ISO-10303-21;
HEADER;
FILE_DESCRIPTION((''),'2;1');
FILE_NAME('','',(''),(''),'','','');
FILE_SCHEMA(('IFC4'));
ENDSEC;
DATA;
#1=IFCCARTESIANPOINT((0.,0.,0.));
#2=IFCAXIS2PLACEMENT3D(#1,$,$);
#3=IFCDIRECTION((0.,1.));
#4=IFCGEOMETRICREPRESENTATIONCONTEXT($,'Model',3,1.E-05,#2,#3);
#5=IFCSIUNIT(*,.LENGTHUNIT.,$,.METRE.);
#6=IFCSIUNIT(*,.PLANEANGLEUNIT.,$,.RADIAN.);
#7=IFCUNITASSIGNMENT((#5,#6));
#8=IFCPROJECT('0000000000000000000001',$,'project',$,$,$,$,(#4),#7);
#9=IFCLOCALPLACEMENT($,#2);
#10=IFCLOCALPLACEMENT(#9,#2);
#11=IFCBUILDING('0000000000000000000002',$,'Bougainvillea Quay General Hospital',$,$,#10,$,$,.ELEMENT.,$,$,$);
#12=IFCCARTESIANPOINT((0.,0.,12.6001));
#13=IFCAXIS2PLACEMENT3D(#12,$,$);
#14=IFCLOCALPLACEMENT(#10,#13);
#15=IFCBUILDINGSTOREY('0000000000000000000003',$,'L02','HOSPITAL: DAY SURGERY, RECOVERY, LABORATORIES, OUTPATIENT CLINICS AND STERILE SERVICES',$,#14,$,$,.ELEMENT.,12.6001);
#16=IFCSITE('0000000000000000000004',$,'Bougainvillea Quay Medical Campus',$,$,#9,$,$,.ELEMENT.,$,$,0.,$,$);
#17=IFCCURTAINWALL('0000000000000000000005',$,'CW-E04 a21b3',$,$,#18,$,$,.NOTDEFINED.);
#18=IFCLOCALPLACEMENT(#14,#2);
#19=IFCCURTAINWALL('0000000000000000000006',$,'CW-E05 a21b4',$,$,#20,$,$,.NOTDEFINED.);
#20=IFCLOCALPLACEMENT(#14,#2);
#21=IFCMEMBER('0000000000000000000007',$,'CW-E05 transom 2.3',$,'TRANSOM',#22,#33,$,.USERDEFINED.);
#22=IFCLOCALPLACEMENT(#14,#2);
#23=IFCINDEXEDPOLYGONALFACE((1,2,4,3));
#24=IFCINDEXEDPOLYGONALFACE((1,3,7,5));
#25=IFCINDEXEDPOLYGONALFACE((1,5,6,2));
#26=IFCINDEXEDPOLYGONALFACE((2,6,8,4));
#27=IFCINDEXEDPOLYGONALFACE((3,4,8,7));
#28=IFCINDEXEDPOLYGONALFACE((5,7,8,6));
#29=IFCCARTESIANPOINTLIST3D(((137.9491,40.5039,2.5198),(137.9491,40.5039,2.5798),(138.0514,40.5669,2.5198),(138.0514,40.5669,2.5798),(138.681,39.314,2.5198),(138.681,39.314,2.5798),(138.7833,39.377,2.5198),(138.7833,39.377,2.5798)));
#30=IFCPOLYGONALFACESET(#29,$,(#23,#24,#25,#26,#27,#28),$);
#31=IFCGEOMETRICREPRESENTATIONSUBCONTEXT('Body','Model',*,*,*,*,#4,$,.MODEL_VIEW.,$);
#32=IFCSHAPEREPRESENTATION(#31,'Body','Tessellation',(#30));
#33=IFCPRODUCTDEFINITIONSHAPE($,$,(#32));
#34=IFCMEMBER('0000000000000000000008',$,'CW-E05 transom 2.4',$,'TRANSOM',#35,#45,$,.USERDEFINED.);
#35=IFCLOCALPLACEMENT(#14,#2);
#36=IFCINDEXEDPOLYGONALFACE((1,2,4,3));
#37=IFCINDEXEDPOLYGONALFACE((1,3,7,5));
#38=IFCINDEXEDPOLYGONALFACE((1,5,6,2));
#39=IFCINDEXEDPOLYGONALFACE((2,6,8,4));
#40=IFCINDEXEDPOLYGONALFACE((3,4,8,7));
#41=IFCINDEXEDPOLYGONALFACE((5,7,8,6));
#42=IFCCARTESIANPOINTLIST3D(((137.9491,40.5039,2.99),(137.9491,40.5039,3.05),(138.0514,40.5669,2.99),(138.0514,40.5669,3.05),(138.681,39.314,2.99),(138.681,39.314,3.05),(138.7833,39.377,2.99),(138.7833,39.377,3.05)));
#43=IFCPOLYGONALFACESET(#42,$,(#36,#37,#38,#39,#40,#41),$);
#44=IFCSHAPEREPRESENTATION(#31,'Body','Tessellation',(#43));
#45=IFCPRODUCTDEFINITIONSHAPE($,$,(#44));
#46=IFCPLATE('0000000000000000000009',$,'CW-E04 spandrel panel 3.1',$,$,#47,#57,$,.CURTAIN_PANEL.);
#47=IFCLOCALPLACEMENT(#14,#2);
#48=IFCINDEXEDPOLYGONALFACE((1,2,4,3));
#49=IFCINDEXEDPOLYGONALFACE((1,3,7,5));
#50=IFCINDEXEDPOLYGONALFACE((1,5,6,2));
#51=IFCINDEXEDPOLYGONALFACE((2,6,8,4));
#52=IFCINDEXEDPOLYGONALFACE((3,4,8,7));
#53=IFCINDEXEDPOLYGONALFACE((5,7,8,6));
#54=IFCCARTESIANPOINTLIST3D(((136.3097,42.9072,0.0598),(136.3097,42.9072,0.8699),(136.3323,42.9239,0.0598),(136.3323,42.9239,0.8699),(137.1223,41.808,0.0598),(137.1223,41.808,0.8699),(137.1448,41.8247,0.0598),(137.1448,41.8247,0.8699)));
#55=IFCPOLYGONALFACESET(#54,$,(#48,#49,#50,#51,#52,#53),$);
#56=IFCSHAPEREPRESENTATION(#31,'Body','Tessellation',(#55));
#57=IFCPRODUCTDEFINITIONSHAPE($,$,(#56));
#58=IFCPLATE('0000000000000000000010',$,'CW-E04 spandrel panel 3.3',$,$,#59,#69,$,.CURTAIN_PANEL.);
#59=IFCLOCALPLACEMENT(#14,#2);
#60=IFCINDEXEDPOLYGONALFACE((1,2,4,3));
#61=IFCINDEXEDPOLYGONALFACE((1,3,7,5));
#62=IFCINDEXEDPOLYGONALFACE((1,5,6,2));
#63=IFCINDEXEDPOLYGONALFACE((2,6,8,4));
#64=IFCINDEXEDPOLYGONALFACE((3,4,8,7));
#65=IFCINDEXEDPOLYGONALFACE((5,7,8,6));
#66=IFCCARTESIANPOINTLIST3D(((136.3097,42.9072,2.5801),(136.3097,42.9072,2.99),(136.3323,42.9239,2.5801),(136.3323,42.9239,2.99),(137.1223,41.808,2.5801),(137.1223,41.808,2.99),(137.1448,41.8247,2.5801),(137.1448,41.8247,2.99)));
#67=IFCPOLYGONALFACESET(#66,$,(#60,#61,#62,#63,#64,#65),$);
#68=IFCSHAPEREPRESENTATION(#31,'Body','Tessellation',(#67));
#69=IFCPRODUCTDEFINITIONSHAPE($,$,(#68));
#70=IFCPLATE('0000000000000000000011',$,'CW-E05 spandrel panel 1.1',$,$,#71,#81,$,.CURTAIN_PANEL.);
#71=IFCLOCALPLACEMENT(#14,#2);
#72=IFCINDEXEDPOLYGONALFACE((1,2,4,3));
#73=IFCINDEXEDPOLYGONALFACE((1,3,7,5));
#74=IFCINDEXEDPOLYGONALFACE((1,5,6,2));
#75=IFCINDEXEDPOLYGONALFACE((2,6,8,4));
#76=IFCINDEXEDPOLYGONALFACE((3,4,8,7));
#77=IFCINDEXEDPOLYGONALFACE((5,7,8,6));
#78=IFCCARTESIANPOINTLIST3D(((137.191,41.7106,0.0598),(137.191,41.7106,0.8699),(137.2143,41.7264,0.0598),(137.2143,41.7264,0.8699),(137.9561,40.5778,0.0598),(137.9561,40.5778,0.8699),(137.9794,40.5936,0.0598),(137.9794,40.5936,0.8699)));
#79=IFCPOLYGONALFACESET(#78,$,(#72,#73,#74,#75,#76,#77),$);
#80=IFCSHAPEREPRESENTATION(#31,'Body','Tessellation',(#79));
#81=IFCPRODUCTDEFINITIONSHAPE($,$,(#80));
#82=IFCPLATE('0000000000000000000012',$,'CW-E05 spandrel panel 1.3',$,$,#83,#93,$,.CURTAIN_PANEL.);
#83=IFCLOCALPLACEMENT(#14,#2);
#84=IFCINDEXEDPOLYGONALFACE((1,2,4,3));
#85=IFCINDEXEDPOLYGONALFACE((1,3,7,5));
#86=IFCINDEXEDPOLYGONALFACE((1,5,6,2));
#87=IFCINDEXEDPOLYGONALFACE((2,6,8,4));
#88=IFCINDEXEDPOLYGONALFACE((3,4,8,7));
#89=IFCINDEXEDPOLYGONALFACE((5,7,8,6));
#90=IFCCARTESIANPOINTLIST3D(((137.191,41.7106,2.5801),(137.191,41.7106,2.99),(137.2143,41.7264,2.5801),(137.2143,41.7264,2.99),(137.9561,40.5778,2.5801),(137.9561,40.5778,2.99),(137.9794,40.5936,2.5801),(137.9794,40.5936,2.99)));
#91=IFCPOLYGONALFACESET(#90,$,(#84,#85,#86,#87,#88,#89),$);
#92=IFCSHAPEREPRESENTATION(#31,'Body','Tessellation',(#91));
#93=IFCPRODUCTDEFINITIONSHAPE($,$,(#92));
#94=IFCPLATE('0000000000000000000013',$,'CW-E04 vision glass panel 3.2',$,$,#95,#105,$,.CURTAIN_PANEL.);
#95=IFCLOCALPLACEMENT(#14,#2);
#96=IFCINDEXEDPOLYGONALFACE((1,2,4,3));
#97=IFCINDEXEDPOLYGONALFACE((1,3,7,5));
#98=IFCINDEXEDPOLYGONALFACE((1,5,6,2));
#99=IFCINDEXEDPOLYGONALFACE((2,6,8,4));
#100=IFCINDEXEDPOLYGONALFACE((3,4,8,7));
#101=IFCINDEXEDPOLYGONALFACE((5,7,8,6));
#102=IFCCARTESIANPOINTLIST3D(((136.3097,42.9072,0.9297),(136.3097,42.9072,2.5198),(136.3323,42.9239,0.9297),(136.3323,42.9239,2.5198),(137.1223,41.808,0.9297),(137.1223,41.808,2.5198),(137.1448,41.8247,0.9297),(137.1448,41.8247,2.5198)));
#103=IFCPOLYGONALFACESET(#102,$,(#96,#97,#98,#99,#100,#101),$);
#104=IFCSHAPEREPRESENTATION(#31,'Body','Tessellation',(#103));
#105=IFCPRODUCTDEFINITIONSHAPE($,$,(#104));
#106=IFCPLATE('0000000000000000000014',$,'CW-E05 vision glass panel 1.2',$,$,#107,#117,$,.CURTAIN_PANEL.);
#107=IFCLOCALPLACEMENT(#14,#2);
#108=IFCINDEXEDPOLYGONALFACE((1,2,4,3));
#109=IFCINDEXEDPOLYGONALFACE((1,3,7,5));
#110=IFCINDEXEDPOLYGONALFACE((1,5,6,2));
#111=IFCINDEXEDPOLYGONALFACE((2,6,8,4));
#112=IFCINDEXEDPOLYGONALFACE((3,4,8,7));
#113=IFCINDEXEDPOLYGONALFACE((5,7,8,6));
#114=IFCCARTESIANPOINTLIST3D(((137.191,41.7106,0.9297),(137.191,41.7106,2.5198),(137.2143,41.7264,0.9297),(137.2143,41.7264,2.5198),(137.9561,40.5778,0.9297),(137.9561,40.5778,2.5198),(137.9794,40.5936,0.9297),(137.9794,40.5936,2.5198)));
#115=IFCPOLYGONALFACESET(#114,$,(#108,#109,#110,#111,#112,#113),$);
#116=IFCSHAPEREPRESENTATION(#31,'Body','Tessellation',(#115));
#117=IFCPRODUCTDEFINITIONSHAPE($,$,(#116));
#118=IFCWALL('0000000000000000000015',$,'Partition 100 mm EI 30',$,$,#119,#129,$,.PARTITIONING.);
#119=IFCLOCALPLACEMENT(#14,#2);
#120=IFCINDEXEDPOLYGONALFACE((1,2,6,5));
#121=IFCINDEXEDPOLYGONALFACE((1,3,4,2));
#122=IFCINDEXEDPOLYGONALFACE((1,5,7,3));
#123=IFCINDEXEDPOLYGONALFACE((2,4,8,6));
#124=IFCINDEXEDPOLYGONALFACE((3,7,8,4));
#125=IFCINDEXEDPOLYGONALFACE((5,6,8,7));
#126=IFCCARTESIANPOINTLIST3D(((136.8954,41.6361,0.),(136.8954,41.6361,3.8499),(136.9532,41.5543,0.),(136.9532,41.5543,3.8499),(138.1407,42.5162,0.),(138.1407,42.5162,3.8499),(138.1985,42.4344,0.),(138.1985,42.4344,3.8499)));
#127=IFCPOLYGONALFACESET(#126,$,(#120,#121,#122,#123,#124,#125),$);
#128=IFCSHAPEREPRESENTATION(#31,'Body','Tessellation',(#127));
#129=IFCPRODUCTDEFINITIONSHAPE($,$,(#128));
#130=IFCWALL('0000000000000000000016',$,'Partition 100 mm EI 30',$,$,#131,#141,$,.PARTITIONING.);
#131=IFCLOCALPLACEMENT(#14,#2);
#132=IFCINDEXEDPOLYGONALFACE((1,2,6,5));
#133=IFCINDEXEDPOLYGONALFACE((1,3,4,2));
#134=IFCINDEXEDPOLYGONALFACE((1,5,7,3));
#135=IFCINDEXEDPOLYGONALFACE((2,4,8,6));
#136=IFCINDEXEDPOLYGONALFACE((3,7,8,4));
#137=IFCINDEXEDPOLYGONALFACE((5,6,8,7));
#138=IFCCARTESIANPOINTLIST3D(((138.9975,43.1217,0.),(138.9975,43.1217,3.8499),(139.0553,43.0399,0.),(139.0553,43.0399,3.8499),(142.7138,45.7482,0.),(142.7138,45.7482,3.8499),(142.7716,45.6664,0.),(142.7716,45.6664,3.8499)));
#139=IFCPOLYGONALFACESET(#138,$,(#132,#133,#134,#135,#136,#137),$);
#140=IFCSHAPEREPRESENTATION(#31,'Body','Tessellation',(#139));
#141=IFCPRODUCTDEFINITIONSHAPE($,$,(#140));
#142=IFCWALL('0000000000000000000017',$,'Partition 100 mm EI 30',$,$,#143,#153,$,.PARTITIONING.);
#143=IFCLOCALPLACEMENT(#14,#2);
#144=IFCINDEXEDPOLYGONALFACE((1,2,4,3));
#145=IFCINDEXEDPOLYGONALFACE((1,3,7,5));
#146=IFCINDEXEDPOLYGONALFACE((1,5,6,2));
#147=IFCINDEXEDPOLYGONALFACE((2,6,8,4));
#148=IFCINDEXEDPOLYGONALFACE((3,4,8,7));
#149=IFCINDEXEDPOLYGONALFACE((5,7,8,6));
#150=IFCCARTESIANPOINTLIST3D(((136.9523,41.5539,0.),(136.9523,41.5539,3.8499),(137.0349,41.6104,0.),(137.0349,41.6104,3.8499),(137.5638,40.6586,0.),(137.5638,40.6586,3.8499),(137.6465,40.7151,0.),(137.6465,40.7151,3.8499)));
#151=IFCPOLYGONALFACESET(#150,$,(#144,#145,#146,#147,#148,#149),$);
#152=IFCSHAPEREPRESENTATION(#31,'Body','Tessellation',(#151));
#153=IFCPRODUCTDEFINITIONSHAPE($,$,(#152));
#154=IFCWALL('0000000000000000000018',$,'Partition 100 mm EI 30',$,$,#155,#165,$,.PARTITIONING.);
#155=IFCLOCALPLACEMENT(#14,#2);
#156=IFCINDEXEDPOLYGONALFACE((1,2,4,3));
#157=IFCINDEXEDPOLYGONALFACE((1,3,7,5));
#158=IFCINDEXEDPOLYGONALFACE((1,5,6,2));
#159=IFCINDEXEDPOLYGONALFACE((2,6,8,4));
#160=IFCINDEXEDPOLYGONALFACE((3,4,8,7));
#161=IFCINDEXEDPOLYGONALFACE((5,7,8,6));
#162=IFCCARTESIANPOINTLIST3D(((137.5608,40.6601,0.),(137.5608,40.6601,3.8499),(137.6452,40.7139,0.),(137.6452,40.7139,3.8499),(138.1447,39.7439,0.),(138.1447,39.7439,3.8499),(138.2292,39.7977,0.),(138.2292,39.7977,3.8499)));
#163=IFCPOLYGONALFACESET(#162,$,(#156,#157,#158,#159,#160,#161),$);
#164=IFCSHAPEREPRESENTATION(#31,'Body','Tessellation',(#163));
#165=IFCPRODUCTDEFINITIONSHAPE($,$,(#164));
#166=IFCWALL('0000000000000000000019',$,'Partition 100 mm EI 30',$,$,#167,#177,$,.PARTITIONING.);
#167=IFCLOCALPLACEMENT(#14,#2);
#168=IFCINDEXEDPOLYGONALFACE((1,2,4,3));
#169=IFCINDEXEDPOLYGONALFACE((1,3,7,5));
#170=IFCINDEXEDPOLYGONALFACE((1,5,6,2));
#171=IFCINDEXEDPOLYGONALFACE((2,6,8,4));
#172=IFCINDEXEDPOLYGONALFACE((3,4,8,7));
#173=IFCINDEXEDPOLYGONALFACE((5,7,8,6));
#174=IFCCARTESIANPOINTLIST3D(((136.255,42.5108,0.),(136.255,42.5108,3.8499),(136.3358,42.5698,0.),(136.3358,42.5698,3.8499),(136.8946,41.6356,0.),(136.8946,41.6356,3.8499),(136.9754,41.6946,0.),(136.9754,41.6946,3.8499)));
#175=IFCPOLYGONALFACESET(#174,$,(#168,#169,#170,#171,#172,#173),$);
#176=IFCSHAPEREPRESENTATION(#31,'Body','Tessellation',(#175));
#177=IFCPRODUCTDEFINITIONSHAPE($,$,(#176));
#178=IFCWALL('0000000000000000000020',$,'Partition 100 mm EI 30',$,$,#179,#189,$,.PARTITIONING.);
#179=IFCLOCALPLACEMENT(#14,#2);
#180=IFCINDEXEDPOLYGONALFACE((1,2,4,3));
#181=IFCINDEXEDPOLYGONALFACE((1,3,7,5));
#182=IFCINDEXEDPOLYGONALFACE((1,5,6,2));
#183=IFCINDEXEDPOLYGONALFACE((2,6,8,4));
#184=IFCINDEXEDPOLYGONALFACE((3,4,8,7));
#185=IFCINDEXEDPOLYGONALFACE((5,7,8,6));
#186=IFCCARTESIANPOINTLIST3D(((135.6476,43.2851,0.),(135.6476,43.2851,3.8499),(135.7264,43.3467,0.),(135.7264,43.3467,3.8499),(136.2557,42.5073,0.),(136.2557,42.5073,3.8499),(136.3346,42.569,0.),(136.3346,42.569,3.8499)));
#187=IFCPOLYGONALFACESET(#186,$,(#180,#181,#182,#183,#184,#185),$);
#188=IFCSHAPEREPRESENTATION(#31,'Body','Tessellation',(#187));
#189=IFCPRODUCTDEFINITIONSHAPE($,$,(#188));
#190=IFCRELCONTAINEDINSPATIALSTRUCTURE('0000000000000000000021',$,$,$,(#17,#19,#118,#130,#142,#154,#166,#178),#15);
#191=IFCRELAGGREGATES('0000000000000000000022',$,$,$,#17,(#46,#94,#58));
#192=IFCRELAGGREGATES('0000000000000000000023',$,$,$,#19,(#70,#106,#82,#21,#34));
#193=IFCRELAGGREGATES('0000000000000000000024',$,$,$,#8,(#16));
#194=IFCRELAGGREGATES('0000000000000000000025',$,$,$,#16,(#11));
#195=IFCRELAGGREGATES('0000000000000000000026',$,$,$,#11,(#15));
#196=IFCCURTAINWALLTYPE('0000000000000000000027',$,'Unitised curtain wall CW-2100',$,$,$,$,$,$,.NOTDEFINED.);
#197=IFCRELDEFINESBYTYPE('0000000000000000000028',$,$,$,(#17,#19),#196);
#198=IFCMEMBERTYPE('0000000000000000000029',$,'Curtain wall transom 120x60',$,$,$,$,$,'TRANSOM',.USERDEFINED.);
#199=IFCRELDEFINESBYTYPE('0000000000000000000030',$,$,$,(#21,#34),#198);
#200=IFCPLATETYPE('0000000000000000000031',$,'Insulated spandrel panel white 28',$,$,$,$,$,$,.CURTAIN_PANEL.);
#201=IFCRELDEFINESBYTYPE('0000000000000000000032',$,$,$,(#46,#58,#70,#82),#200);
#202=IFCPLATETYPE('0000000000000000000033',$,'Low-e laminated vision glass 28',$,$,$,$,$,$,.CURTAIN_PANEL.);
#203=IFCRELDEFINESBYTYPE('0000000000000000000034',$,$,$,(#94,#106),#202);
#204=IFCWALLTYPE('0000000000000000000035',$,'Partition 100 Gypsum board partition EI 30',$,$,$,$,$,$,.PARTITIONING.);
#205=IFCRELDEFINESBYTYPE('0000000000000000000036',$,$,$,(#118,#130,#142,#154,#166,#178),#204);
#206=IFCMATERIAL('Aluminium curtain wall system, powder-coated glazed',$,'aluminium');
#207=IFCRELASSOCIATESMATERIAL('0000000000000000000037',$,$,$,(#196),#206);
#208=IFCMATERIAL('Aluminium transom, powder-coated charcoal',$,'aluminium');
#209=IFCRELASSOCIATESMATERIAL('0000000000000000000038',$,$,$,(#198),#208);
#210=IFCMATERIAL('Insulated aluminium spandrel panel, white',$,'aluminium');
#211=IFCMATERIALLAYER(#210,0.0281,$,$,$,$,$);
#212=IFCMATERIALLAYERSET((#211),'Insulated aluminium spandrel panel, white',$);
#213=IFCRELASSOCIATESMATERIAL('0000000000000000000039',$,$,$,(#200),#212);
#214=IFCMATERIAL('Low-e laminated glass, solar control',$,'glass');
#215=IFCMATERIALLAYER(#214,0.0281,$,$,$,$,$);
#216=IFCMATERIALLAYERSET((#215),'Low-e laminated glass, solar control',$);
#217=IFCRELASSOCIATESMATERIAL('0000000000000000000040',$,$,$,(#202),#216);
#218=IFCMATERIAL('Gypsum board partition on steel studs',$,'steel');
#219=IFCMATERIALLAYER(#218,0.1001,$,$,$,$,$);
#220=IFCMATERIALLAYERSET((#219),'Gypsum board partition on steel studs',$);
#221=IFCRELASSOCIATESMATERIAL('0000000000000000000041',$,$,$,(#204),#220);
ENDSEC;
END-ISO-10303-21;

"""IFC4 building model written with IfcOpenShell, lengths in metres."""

from ifc_helpers import new_model, si_unit, direction, frame, frame_2d, origin, origin_2d, place, context, subcontext, project, spatial, rectangle, extrude, material, layer, layer_set, material_profile, profile_set, type_object, element, aggregate, save


model = new_model("IFC4")

# Units and contexts
model_context = context("Model", 3, precision=1e-05, world=origin(), true_north=direction((0.0, 1.0)))
body_context = subcontext(model_context, "Body", "Model", "MODEL_VIEW")
ifc_project = project(units=[si_unit("LENGTHUNIT", "METRE"), si_unit("PLANEANGLEUNIT", "RADIAN")], contexts=[model_context])

# Site, building, storey
site_placement = place(None, origin())
site = spatial("IfcSite", under=ifc_project, at=site_placement, Name="Bougainvillea Quay Medical Campus", CompositionType="ELEMENT", RefElevation=0.0)
building_placement = place(site_placement, origin())
building = spatial("IfcBuilding", under=site, at=building_placement, Name="Bougainvillea Quay General Hospital", CompositionType="ELEMENT")
storey_placement = place(building_placement, frame((0.0, 0.0, 12.6001)))
storey = spatial("IfcBuildingStorey", under=building, at=storey_placement, Name="L02", Description="HOSPITAL: DAY SURGERY, RECOVERY, LABORATORIES, OUTPATIENT CLINICS AND STERILE SERVICES", CompositionType="ELEMENT", Elevation=12.6001)

# Curtain walls
ifc_material_1 = material(Name="Aluminium curtain wall system, powder-coated glazed", Category="aluminium")
curtain_wall_type = type_object("IfcCurtainWallType", Name="Unitised curtain wall CW-2100", PredefinedType="NOTDEFINED", material=ifc_material_1)
curtain_wall_1_placement = place(storey_placement, origin())
curtain_wall_1 = element("IfcCurtainWall", 1, at=curtain_wall_1_placement, inside=storey, type_object=curtain_wall_type, Name="CW-E04 a21b3", PredefinedType="NOTDEFINED")
curtain_wall_2_placement = place(storey_placement, origin())
curtain_wall_2 = element("IfcCurtainWall", 2, at=curtain_wall_2_placement, inside=storey, type_object=curtain_wall_type, Name="CW-E05 a21b4", PredefinedType="NOTDEFINED")

# Members
ifc_material_2 = material(Name="Aluminium transom, powder-coated charcoal", Category="aluminium")
ifc_material_profile_1 = material_profile(ifc_material_2, rectangle(XDim=0.1201, YDim=0.0601, at=origin_2d()))
ifc_profile_set_1 = profile_set([ifc_material_profile_1], Name="Aluminium transom, powder-coated charcoal")
member_type_1 = type_object("IfcMemberType", Name="Curtain wall transom 120x60", ElementType="TRANSOM", PredefinedType="USERDEFINED", material=ifc_profile_set_1)
member_1_placement = place(storey_placement, frame((138.0002, 40.5354, 2.5498), z_axis=(0.523922, -0.851766, 0.0), x_axis=(0.851766, 0.523922, 0.0)))
member_1 = element("IfcMember", 3, at=member_1_placement, type_object=member_type_1, Name="CW-E05 transom 2.3", ObjectType="TRANSOM", PredefinedType="USERDEFINED", context=body_context, shape_type="SweptSolid", body=[
    extrude(rectangle(XDim=0.1201, YDim=0.0601, at=origin_2d()), origin(), (0.0, 0.0, 1.0), 1.397),
])
member_2_placement = place(storey_placement, frame((138.0002, 40.5354, 3.02), z_axis=(0.523922, -0.851766, 0.0), x_axis=(0.851766, 0.523922, 0.0)))
member_2 = element("IfcMember", 4, at=member_2_placement, type_object=member_type_1, Name="CW-E05 transom 2.4", ObjectType="TRANSOM", PredefinedType="USERDEFINED", context=body_context, shape_type="SweptSolid", body=[
    extrude(rectangle(XDim=0.1201, YDim=0.0601, at=origin_2d()), origin(), (0.0, 0.0, 1.0), 1.397),
])

# Plates
ifc_material_3 = material(Name="Insulated aluminium spandrel panel, white", Category="aluminium")
ifc_layer_1 = layer(ifc_material_3, 0.0281)
ifc_layer_set_1 = layer_set([ifc_layer_1], Name="Insulated aluminium spandrel panel, white")
plate_type_1 = type_object("IfcPlateType", Name="Insulated spandrel panel white 28", PredefinedType="CURTAIN_PANEL", material=ifc_layer_set_1)
plate_1_placement = place(storey_placement, frame((136.7273, 42.366, 0.0598), z_axis=(0.0, 0.0, 1.0), x_axis=(0.594411, -0.804161, 0.0)))
plate_1 = element("IfcPlate", 5, at=plate_1_placement, type_object=plate_type_1, Name="CW-E04 spandrel panel 3.1", PredefinedType="CURTAIN_PANEL", context=body_context, shape_type="SweptSolid", body=[
    extrude(rectangle(XDim=1.3669, YDim=0.0281, at=origin_2d()), origin(), (0.0, 0.0, 1.0), 0.8101),
])
plate_2_placement = place(storey_placement, frame((136.7273, 42.366, 2.5801), z_axis=(0.0, 0.0, 1.0), x_axis=(0.594411, -0.804161, 0.0)))
plate_2 = element("IfcPlate", 6, at=plate_2_placement, type_object=plate_type_1, Name="CW-E04 spandrel panel 3.3", PredefinedType="CURTAIN_PANEL", context=body_context, shape_type="SweptSolid", body=[
    extrude(rectangle(XDim=1.3669, YDim=0.0281, at=origin_2d()), origin(), (0.0, 0.0, 1.0), 0.4099),
])
plate_3_placement = place(storey_placement, frame((137.5852, 41.1521, 0.0598), z_axis=(0.0, 0.0, 1.0), x_axis=(0.559675, -0.828712, 0.0)))
plate_3 = element("IfcPlate", 7, at=plate_3_placement, type_object=plate_type_1, Name="CW-E05 spandrel panel 1.1", PredefinedType="CURTAIN_PANEL", context=body_context, shape_type="SweptSolid", body=[
    extrude(rectangle(XDim=1.3669, YDim=0.0281, at=origin_2d()), origin(), (0.0, 0.0, 1.0), 0.8101),
])
plate_4_placement = place(storey_placement, frame((137.5852, 41.1521, 2.5801), z_axis=(0.0, 0.0, 1.0), x_axis=(0.559675, -0.828712, 0.0)))
plate_4 = element("IfcPlate", 8, at=plate_4_placement, type_object=plate_type_1, Name="CW-E05 spandrel panel 1.3", PredefinedType="CURTAIN_PANEL", context=body_context, shape_type="SweptSolid", body=[
    extrude(rectangle(XDim=1.3669, YDim=0.0281, at=origin_2d()), origin(), (0.0, 0.0, 1.0), 0.4099),
])
ifc_material_4 = material(Name="Low-e laminated glass, solar control", Category="glass")
ifc_layer_2 = layer(ifc_material_4, 0.0281)
ifc_layer_set_2 = layer_set([ifc_layer_2], Name="Low-e laminated glass, solar control")
plate_type_2 = type_object("IfcPlateType", Name="Low-e laminated vision glass 28", PredefinedType="CURTAIN_PANEL", material=ifc_layer_set_2)
plate_5_placement = place(storey_placement, frame((136.7273, 42.366, 0.9297), z_axis=(0.0, 0.0, 1.0), x_axis=(0.594411, -0.804161, 0.0)))
plate_5 = element("IfcPlate", 9, at=plate_5_placement, type_object=plate_type_2, Name="CW-E04 vision glass panel 3.2", PredefinedType="CURTAIN_PANEL", context=body_context, shape_type="SweptSolid", body=[
    extrude(rectangle(XDim=1.3669, YDim=0.0281, at=origin_2d()), origin(), (0.0, 0.0, 1.0), 1.5901),
])
aggregate(curtain_wall_1, [plate_1, plate_5, plate_2])
plate_6_placement = place(storey_placement, frame((137.5852, 41.1521, 0.9297), z_axis=(0.0, 0.0, 1.0), x_axis=(0.559675, -0.828712, 0.0)))
plate_6 = element("IfcPlate", 10, at=plate_6_placement, type_object=plate_type_2, Name="CW-E05 vision glass panel 1.2", PredefinedType="CURTAIN_PANEL", context=body_context, shape_type="SweptSolid", body=[
    extrude(rectangle(XDim=1.3669, YDim=0.0281, at=origin_2d()), origin(), (0.0, 0.0, 1.0), 1.5901),
])
aggregate(curtain_wall_2, [plate_3, plate_6, plate_4, member_1, member_2])

# Walls
ifc_material_5 = material(Name="Gypsum board partition on steel studs", Category="steel")
ifc_layer_3 = layer(ifc_material_5, 0.1001)
ifc_layer_set_3 = layer_set([ifc_layer_3], Name="Gypsum board partition on steel studs")
wall_type = type_object("IfcWallType", Name="Partition 100 Gypsum board partition EI 30", PredefinedType="PARTITIONING", material=ifc_layer_set_3)
wall_1_placement = place(storey_placement, frame((136.9243, 41.5952, 0.0), z_axis=(0.0, 0.0, 1.0), x_axis=(0.816644, 0.577142, 0.0)))
element("IfcWall", 11, at=wall_1_placement, inside=storey, type_object=wall_type, Name="Partition 100 mm EI 30", PredefinedType="PARTITIONING", context=body_context, shape_type="SweptSolid", body=[
    extrude(rectangle(XDim=1.5249, YDim=0.1001, at=frame_2d((0.7625, 0.0))), origin(), (0.0, 0.0, 1.0), 3.8499),
])
wall_2_placement = place(storey_placement, frame((139.0264, 43.0808, 0.0), z_axis=(0.0, 0.0, 1.0), x_axis=(0.816638, 0.577151, 0.0)))
element("IfcWall", 12, at=wall_2_placement, inside=storey, type_object=wall_type, Name="Partition 100 mm EI 30", PredefinedType="PARTITIONING", context=body_context, shape_type="SweptSolid", body=[
    extrude(rectangle(XDim=4.5508, YDim=0.1001, at=frame_2d((2.2754, 0.0))), origin(), (0.0, 0.0, 1.0), 3.8499),
])
wall_3_placement = place(storey_placement, frame((136.9937, 41.582, 0.0), z_axis=(0.0, 0.0, 1.0), x_axis=(0.56407, -0.825727, 0.0)))
element("IfcWall", 13, at=wall_3_placement, inside=storey, type_object=wall_type, Name="Partition 100 mm EI 30", PredefinedType="PARTITIONING", context=body_context, shape_type="SweptSolid", body=[
    extrude(rectangle(XDim=1.0842, YDim=0.1001, at=frame_2d((0.542, 0.0))), origin(), (0.0, 0.0, 1.0), 3.8499),
])
wall_4_placement = place(storey_placement, frame((137.603, 40.687, 0.0), z_axis=(0.0, 0.0, 1.0), x_axis=(0.537471, -0.843282, 0.0)))
element("IfcWall", 14, at=wall_4_placement, inside=storey, type_object=wall_type, Name="Partition 100 mm EI 30", PredefinedType="PARTITIONING", context=body_context, shape_type="SweptSolid", body=[
    extrude(rectangle(XDim=1.0864, YDim=0.1001, at=frame_2d((0.5432, 0.0))), origin(), (0.0, 0.0, 1.0), 3.8499),
])
wall_5_placement = place(storey_placement, frame((136.2954, 42.5403, 0.0), z_axis=(0.0, 0.0, 1.0), x_axis=(0.590045, -0.80737, 0.0)))
element("IfcWall", 15, at=wall_5_placement, inside=storey, type_object=wall_type, Name="Partition 100 mm EI 30", PredefinedType="PARTITIONING", context=body_context, shape_type="SweptSolid", body=[
    extrude(rectangle(XDim=1.084, YDim=0.1001, at=frame_2d((0.542, 0.0))), origin(), (0.0, 0.0, 1.0), 3.8499),
])
wall_6_placement = place(storey_placement, frame((135.687, 43.3159, 0.0), z_axis=(0.0, 0.0, 1.0), x_axis=(0.615941, -0.787792, 0.0)))
element("IfcWall", 16, at=wall_6_placement, inside=storey, type_object=wall_type, Name="Partition 100 mm EI 30", PredefinedType="PARTITIONING", context=body_context, shape_type="SweptSolid", body=[
    extrude(rectangle(XDim=0.9873, YDim=0.1001, at=frame_2d((0.4937, 0.0))), origin(), (0.0, 0.0, 1.0), 3.8499),
])

save(model, "model.ifc")
